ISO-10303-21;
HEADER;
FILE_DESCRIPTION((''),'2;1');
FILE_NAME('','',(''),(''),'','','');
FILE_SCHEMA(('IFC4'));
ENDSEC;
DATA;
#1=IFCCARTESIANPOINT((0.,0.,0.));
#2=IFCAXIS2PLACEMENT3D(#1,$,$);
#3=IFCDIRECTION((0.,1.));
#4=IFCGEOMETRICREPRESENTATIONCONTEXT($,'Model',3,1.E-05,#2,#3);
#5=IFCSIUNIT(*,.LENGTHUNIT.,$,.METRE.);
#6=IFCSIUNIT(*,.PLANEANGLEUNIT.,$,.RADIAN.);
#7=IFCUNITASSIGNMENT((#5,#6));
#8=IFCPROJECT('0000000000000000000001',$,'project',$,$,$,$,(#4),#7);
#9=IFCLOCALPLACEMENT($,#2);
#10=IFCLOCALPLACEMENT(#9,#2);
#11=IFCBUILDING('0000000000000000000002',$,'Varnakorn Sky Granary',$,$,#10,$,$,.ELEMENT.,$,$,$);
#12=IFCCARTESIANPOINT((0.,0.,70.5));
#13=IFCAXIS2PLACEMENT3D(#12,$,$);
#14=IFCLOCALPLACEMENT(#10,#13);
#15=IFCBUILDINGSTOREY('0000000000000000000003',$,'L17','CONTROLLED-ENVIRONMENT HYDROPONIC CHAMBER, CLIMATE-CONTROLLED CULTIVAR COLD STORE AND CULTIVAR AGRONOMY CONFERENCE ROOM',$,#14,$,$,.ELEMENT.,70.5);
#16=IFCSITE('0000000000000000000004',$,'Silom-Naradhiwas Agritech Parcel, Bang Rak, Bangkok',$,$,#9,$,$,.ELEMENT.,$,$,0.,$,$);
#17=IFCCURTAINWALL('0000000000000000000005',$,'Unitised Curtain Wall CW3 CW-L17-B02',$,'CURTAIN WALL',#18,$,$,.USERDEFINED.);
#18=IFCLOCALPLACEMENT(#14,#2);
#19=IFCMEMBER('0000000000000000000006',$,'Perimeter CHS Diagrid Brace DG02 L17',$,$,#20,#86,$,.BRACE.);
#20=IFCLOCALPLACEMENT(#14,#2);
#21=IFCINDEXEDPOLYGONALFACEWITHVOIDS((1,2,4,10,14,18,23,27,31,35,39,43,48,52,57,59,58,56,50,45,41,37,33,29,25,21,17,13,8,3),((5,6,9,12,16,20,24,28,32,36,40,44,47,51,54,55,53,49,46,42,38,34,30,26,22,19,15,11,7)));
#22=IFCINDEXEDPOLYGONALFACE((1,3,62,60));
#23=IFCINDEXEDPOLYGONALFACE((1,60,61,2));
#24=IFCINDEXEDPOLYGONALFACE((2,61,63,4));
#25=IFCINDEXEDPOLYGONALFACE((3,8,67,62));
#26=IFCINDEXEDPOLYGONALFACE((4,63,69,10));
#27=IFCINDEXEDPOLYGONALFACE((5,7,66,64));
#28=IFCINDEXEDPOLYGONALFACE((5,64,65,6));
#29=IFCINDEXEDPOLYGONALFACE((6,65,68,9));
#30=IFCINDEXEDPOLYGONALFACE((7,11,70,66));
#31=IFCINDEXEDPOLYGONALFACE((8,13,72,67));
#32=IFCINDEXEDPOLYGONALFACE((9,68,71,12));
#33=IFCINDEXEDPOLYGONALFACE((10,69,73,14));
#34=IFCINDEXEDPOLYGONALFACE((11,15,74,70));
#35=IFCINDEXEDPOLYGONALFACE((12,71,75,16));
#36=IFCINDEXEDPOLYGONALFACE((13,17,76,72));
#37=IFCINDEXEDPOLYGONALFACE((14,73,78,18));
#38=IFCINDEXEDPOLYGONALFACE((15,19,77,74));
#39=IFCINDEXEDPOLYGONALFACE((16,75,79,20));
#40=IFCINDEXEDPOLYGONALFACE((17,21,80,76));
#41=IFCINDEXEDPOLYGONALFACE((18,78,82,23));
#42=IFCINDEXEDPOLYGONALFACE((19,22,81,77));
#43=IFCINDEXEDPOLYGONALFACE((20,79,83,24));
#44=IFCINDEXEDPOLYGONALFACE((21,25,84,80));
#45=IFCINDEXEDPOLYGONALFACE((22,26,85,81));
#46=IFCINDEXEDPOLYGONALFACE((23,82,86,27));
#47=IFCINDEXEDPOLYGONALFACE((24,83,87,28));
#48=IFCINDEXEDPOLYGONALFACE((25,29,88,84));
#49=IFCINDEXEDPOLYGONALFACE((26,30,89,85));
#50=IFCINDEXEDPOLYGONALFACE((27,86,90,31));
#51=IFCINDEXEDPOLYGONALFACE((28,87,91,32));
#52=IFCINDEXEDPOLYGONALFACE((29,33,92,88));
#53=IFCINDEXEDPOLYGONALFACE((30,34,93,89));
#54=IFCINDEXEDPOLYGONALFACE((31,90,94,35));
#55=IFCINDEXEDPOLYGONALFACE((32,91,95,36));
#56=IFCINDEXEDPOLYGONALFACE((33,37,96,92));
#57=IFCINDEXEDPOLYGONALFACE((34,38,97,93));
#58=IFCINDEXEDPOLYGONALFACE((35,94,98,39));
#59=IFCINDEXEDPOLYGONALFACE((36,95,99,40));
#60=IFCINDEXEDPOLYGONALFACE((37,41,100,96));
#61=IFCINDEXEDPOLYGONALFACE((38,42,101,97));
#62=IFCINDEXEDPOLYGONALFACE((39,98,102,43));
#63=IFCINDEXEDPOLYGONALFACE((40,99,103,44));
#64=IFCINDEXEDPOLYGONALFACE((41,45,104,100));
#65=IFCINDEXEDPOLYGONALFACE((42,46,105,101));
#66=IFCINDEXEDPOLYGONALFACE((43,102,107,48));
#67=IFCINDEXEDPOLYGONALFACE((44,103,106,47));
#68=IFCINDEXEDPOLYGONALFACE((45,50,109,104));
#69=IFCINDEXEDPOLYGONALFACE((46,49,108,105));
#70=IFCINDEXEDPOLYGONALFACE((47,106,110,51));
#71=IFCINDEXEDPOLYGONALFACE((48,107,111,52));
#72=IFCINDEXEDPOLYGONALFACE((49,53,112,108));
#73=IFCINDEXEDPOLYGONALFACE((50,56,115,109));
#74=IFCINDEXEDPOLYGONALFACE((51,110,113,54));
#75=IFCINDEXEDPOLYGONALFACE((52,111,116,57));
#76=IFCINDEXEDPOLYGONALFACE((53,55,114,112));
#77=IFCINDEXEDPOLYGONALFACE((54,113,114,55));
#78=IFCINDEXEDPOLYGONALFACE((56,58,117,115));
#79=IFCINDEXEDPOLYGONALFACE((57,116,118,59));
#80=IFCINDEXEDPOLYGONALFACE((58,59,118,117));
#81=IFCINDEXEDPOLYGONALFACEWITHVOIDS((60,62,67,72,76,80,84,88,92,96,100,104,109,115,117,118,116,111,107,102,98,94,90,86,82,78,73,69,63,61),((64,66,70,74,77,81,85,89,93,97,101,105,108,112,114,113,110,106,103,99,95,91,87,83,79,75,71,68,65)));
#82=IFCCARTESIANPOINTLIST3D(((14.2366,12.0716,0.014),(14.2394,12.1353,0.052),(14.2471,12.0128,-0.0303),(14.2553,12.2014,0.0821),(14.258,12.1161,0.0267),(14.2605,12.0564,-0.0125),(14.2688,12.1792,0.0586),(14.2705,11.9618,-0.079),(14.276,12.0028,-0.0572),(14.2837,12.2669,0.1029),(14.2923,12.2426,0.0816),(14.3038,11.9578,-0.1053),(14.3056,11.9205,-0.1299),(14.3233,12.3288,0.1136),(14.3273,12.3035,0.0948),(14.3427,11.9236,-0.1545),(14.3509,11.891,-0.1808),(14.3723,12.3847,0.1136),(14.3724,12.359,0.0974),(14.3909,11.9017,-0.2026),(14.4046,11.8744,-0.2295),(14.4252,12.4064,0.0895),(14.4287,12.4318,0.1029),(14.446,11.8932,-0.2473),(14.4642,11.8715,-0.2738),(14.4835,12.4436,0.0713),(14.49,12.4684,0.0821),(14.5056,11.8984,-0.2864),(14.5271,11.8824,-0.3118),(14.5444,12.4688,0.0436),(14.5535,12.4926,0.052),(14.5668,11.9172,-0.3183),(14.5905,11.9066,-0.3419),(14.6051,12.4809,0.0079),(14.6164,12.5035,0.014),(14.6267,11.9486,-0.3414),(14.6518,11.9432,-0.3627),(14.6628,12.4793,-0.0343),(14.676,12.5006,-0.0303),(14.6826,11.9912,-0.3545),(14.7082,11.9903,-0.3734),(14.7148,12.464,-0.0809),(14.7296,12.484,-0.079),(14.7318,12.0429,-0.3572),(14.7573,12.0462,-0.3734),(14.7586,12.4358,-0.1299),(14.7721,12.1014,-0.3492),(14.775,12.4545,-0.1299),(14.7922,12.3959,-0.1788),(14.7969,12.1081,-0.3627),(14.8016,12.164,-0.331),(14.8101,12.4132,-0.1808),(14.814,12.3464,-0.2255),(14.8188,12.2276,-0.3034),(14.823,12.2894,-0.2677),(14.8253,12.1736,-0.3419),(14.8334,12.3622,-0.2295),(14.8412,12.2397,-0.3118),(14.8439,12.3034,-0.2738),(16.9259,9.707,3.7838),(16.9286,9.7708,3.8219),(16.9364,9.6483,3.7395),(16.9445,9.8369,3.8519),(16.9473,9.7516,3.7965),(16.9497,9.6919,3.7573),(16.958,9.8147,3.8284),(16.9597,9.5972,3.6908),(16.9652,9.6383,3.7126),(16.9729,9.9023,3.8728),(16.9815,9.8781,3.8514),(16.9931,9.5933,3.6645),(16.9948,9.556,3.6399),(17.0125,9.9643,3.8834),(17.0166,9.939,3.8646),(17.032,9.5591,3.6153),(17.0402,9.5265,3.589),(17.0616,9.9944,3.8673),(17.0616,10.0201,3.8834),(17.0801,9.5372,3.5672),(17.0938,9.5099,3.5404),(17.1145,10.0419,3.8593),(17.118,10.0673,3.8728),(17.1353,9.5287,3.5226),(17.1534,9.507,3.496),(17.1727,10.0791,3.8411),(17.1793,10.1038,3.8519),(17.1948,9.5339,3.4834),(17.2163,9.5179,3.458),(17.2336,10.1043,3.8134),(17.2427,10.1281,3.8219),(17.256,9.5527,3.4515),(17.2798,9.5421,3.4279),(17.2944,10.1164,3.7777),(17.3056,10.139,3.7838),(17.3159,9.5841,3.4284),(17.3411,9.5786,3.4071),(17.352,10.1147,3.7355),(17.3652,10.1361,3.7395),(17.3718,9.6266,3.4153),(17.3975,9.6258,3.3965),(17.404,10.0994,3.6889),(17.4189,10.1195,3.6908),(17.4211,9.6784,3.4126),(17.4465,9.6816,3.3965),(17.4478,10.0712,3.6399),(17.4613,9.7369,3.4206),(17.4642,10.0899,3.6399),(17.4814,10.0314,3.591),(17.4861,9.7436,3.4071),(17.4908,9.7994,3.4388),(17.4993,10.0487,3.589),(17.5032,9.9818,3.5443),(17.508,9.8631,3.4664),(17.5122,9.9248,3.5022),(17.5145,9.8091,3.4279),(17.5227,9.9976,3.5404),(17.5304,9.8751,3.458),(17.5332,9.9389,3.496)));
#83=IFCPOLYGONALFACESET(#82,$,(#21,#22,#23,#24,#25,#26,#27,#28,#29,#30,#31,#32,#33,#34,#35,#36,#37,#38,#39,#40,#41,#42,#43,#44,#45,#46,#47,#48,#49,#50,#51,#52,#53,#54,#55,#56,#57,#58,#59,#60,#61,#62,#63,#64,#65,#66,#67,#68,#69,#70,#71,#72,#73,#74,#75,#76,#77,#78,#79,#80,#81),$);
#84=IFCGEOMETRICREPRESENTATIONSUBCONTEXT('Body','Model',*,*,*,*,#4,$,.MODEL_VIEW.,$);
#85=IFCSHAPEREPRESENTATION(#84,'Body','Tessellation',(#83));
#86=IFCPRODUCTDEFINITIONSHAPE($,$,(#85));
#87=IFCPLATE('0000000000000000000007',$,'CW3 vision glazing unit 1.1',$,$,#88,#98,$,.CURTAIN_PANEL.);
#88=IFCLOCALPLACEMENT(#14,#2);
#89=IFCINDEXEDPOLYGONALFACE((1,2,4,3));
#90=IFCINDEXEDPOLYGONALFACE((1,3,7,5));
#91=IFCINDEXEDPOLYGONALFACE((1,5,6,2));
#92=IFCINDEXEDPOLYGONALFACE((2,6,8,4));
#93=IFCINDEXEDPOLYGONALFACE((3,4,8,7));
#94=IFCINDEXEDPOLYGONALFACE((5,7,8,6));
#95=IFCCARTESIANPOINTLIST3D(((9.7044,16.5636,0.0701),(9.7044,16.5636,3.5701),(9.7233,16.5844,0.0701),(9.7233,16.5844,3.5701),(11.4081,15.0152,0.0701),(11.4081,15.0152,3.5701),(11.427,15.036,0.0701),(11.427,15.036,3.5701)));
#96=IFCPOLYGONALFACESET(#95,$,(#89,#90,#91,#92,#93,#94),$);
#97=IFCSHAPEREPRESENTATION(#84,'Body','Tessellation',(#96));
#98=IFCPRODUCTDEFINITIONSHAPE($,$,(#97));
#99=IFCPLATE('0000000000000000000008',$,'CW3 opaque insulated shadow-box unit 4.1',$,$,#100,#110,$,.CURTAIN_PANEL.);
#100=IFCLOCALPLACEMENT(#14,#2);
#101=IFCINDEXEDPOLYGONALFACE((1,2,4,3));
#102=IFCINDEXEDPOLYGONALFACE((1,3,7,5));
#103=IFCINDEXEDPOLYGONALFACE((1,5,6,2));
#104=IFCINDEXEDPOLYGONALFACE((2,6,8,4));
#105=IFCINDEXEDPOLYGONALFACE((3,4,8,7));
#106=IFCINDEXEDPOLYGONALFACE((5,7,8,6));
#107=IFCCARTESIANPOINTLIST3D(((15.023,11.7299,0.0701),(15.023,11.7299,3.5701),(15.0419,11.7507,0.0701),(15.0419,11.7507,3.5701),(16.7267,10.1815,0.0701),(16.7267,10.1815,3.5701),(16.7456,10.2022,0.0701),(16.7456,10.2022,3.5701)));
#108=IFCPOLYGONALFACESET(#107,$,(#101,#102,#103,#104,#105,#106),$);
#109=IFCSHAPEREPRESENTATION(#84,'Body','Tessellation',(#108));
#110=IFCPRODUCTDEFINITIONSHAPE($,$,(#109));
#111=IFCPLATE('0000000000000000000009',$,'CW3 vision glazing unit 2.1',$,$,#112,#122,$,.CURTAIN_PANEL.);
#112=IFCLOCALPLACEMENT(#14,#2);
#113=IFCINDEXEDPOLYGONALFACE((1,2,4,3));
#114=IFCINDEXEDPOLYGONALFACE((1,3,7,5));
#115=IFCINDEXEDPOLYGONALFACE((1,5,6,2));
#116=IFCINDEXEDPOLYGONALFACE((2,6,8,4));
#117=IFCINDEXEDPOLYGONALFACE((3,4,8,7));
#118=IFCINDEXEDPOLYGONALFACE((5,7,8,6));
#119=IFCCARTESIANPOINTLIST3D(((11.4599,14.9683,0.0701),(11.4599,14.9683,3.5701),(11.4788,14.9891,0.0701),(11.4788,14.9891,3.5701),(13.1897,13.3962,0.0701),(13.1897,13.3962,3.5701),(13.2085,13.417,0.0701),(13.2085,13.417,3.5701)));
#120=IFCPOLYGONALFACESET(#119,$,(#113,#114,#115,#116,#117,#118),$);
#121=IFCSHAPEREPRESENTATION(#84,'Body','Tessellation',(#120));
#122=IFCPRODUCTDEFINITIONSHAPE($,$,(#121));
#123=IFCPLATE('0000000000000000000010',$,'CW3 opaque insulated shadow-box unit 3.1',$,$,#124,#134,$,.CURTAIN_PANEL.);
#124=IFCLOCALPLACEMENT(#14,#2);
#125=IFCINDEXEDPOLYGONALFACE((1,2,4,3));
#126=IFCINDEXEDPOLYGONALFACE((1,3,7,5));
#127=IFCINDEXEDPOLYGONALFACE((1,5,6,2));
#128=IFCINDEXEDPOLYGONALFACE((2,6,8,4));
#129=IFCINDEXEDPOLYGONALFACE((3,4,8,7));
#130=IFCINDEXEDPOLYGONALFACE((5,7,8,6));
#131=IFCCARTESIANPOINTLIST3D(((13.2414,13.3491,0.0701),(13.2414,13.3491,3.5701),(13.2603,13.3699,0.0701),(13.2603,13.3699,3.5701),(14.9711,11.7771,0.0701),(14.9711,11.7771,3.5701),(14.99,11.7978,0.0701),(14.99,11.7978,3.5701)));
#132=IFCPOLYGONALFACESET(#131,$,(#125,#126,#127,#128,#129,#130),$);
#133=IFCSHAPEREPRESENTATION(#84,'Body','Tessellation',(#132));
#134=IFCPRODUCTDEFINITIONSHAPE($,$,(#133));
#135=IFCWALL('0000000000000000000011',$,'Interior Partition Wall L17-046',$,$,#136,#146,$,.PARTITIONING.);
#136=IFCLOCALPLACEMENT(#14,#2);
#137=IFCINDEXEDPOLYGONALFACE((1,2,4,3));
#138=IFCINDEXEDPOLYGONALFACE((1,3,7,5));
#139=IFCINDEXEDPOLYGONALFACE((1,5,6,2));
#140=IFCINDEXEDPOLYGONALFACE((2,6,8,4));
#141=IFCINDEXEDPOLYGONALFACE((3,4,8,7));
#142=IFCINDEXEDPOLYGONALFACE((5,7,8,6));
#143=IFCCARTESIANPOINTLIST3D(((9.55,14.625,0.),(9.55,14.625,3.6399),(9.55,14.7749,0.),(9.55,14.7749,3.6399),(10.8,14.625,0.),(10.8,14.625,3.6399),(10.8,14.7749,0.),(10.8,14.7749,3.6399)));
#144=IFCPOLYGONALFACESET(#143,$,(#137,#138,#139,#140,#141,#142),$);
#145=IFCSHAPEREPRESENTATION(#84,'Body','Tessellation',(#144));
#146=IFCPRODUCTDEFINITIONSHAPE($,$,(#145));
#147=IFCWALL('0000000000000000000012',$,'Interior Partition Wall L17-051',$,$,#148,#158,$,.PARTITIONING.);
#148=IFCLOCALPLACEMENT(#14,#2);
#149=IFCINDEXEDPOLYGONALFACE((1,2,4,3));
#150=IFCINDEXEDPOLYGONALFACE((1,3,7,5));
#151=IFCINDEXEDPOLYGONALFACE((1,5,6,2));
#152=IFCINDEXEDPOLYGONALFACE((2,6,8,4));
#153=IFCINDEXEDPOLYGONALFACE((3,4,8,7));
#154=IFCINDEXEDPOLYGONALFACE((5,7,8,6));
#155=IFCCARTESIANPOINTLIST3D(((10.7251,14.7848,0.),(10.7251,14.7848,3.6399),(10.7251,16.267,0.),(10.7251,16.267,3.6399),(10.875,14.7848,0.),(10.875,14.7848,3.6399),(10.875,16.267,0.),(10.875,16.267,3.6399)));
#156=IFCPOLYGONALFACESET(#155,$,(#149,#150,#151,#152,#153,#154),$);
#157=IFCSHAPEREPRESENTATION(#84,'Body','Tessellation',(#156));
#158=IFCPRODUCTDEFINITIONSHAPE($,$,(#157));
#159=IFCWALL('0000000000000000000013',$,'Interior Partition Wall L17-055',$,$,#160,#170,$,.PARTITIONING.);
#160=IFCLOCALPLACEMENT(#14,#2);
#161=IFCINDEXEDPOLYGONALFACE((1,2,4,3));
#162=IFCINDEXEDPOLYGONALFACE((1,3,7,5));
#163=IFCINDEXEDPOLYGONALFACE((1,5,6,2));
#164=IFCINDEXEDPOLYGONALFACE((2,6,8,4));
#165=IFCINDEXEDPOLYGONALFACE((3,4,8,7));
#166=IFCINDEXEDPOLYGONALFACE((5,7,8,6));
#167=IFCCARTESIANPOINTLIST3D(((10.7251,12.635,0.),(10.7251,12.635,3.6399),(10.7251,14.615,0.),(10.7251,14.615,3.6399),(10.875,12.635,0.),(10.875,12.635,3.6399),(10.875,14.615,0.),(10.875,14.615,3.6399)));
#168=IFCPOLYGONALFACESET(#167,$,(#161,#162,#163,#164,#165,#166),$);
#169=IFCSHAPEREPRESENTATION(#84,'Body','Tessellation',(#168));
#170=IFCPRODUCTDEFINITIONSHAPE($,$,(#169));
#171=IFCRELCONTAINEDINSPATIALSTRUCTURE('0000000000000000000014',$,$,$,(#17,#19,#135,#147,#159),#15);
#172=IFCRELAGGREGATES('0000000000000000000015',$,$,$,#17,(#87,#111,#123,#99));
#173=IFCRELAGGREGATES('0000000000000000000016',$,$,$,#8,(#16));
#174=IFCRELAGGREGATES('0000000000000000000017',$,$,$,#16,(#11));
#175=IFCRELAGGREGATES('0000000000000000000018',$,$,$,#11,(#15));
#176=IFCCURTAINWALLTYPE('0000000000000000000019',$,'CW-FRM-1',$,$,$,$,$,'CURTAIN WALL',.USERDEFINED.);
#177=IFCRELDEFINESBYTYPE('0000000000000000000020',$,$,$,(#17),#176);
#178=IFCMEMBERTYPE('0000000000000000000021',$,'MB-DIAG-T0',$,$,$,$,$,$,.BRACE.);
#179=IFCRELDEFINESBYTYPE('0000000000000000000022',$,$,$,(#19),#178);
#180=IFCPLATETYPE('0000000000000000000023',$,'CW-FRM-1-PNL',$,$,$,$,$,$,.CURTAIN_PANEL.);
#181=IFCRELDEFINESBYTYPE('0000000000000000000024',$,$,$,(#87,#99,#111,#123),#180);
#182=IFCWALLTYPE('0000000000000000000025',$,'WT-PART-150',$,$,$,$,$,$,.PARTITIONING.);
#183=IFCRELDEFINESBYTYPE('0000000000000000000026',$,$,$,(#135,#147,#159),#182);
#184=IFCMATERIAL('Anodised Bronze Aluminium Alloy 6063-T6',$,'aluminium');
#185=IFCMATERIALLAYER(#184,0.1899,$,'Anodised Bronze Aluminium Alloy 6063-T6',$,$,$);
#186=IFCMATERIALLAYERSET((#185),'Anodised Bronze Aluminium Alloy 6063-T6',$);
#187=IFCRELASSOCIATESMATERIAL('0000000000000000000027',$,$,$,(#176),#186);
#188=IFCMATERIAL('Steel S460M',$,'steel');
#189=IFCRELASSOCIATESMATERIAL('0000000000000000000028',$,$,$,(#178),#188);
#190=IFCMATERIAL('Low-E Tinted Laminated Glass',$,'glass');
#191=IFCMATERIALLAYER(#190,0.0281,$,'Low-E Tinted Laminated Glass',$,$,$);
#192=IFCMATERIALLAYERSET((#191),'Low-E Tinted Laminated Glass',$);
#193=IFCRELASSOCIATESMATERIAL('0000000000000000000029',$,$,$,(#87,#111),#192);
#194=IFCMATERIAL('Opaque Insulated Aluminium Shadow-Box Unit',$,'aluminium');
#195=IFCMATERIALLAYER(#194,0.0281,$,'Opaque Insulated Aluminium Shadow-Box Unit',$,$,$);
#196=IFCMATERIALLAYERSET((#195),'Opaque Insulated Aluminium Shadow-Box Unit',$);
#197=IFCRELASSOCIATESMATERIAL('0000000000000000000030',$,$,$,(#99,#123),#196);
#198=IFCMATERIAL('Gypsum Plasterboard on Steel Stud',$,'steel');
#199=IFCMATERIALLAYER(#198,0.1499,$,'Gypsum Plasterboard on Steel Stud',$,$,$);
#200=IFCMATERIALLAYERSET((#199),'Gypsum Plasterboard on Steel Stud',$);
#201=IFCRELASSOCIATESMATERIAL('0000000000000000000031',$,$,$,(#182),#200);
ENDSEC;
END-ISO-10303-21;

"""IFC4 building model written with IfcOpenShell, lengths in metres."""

from ifc_helpers import new_model, si_unit, direction, frame, frame_2d, origin, origin_2d, place, context, subcontext, project, spatial, rectangle, hollow_circle, extrude, source, transform, mapped, material, layer, layer_set, material_profile, profile_set, type_object, type_shapes, element, aggregate, save


model = new_model("IFC4")

# Units and contexts
model_context = context("Model", 3, precision=1e-05, world=origin(), true_north=direction((0.0, 1.0)))
body_context = subcontext(model_context, "Body", "Model", "MODEL_VIEW")
ifc_project = project(units=[si_unit("LENGTHUNIT", "METRE"), si_unit("PLANEANGLEUNIT", "RADIAN")], contexts=[model_context])

# Site, building, storey
site_placement = place(None, origin())
site = spatial("IfcSite", under=ifc_project, at=site_placement, Name="Silom-Naradhiwas Agritech Parcel, Bang Rak, Bangkok", CompositionType="ELEMENT", RefElevation=0.0)
building_placement = place(site_placement, origin())
building = spatial("IfcBuilding", under=site, at=building_placement, Name="Varnakorn Sky Granary", CompositionType="ELEMENT")
storey_placement = place(building_placement, frame((0.0, 0.0, 70.5)))
storey = spatial("IfcBuildingStorey", under=building, at=storey_placement, Name="L17", Description="CONTROLLED-ENVIRONMENT HYDROPONIC CHAMBER, CLIMATE-CONTROLLED CULTIVAR COLD STORE AND CULTIVAR AGRONOMY CONFERENCE ROOM", CompositionType="ELEMENT", Elevation=70.5)

# Shared definitions
ifc_material_1 = material(Name="Steel S460M", Category="steel")

# Curtain wall
ifc_material_2 = material(Name="Anodised Bronze Aluminium Alloy 6063-T6", Category="aluminium")
ifc_layer_1 = layer(ifc_material_2, 0.1899, Name="Anodised Bronze Aluminium Alloy 6063-T6")
ifc_layer_set_1 = layer_set([ifc_layer_1], Name="Anodised Bronze Aluminium Alloy 6063-T6")
curtain_wall_type = type_object("IfcCurtainWallType", Name="CW-FRM-1", ElementType="CURTAIN WALL", PredefinedType="USERDEFINED", material=ifc_layer_set_1)
curtain_wall_placement = place(storey_placement, origin())
curtain_wall = element("IfcCurtainWall", 1, at=curtain_wall_placement, inside=storey, type_object=curtain_wall_type, Name="Unitised Curtain Wall CW3 CW-L17-B02", ObjectType="CURTAIN WALL", PredefinedType="USERDEFINED")

# Member
ifc_material_profile_1 = material_profile(ifc_material_1, hollow_circle(Radius=0.3555, WallThickness=0.0249, at=origin_2d()), Name="CHS 711x25")
ifc_profile_set_1 = profile_set([ifc_material_profile_1], Name="Steel S460M")
member_type_1 = type_object("IfcMemberType", Name="MB-DIAG-T0", PredefinedType="BRACE", material=ifc_profile_set_1)
member_1_placement = place(storey_placement, frame((14.5403, 12.1875, -0.1299), z_axis=(0.517214, -0.454763, 0.725038), x_axis=(0.660313, 0.750991, 0.0)))
element("IfcMember", 2, at=member_1_placement, inside=storey, type_object=member_type_1, Name="Perimeter CHS Diagrid Brace DG02 L17", PredefinedType="BRACE", context=body_context, shape_type="SweptSolid", body=[
    extrude(hollow_circle(Radius=0.3555, WallThickness=0.0249, at=origin_2d()), origin(), (0.0, 0.0, 1.0), 5.1995),
])

# Plates
ifc_material_3 = material(Name="Low-E Tinted Laminated Glass", Category="glass")
ifc_layer_2 = layer(ifc_material_3, 0.0281, Name="Low-E Tinted Laminated Glass")
ifc_layer_set_2 = layer_set([ifc_layer_2], Name="Low-E Tinted Laminated Glass")
plate_type = type_object("IfcPlateType", Name="CW-FRM-1-PNL", PredefinedType="CURTAIN_PANEL")
shared_shape_1 = source(origin(), body_context, "Body", "SweptSolid", [
    extrude(rectangle(XDim=2.3022, YDim=0.0281, at=origin_2d()), origin(), (0.0, 0.0, 1.0), 3.5),
])
plate_1_placement = place(storey_placement, frame((10.5657, 15.7998, 0.0701), z_axis=(0.0, 0.0, 1.0), x_axis=(0.740022, -0.672582, 0.0)))
plate_1 = element("IfcPlate", 3, at=plate_1_placement, type_object=plate_type, material=ifc_layer_set_2, Name="CW3 vision glazing unit 1.1", PredefinedType="CURTAIN_PANEL", context=body_context, shape_type="MappedRepresentation", body=[
    mapped(shared_shape_1, transform((0.0, 0.0, 0.0), x_axis=(1.0, 0.0, 0.0), y_axis=(0.0, 1.0, 0.0), z_axis=(0.0, 0.0, 1.0), scale=1.0)),
])
ifc_material_4 = material(Name="Opaque Insulated Aluminium Shadow-Box Unit", Category="aluminium")
ifc_layer_3 = layer(ifc_material_4, 0.0281, Name="Opaque Insulated Aluminium Shadow-Box Unit")
ifc_layer_set_3 = layer_set([ifc_layer_3], Name="Opaque Insulated Aluminium Shadow-Box Unit")
plate_2_placement = place(storey_placement, frame((15.8843, 10.9661, 0.0701), z_axis=(0.0, 0.0, 1.0), x_axis=(0.740022, -0.672582, 0.0)))
plate_2 = element("IfcPlate", 4, at=plate_2_placement, type_object=plate_type, material=ifc_layer_set_3, Name="CW3 opaque insulated shadow-box unit 4.1", PredefinedType="CURTAIN_PANEL", context=body_context, shape_type="MappedRepresentation", body=[
    mapped(shared_shape_1, transform((0.0, 0.0, 0.0), x_axis=(1.0, 0.0, 0.0), y_axis=(0.0, 1.0, 0.0), z_axis=(0.0, 0.0, 1.0), scale=1.0)),
])
shared_shape_2 = source(origin(), body_context, "Body", "SweptSolid", [
    extrude(rectangle(XDim=2.3374, YDim=0.0281, at=origin_2d()), origin(), (0.0, 0.0, 1.0), 3.5),
])
type_shapes(plate_type, [shared_shape_1, shared_shape_2])
plate_3_placement = place(storey_placement, frame((12.3342, 14.1926, 0.0701), z_axis=(0.0, 0.0, 1.0), x_axis=(0.740022, -0.672582, 0.0)))
plate_3 = element("IfcPlate", 5, at=plate_3_placement, type_object=plate_type, material=ifc_layer_set_2, Name="CW3 vision glazing unit 2.1", PredefinedType="CURTAIN_PANEL", context=body_context, shape_type="MappedRepresentation", body=[
    mapped(shared_shape_2, transform((0.0, 0.0, 0.0), x_axis=(1.0, 0.0, 0.0), y_axis=(0.0, 1.0, 0.0), z_axis=(0.0, 0.0, 1.0), scale=1.0)),
])
plate_4_placement = place(storey_placement, frame((14.1157, 12.5735, 0.0701), z_axis=(0.0, 0.0, 1.0), x_axis=(0.740022, -0.672582, 0.0)))
plate_4 = element("IfcPlate", 6, at=plate_4_placement, type_object=plate_type, material=ifc_layer_set_3, Name="CW3 opaque insulated shadow-box unit 3.1", PredefinedType="CURTAIN_PANEL", context=body_context, shape_type="MappedRepresentation", body=[
    mapped(shared_shape_2, transform((0.0, 0.0, 0.0), x_axis=(1.0, 0.0, 0.0), y_axis=(0.0, 1.0, 0.0), z_axis=(0.0, 0.0, 1.0), scale=1.0)),
])
aggregate(curtain_wall, [plate_1, plate_3, plate_4, plate_2])

# Walls
ifc_material_5 = material(Name="Gypsum Plasterboard on Steel Stud", Category="steel")
ifc_layer_4 = layer(ifc_material_5, 0.1499, Name="Gypsum Plasterboard on Steel Stud")
ifc_layer_set_4 = layer_set([ifc_layer_4], Name="Gypsum Plasterboard on Steel Stud")
wall_type = type_object("IfcWallType", Name="WT-PART-150", PredefinedType="PARTITIONING", material=ifc_layer_set_4)
wall_1_placement = place(storey_placement, frame((10.8, 14.7, 0.0), z_axis=(0.0, 0.0, 1.0), x_axis=(-1.0, 0.0, 0.0)))
element("IfcWall", 7, at=wall_1_placement, inside=storey, type_object=wall_type, Name="Interior Partition Wall L17-046", PredefinedType="PARTITIONING", context=body_context, shape_type="SweptSolid", body=[
    extrude(rectangle(XDim=1.25, YDim=0.1499, at=frame_2d((0.625, 0.0))), origin(), (0.0, 0.0, 1.0), 3.6399),
])
wall_2_placement = place(storey_placement, frame((10.8, 16.2671, 0.0), z_axis=(0.0, 0.0, 1.0), x_axis=(0.0, -1.0, 0.0)))
element("IfcWall", 8, at=wall_2_placement, inside=storey, type_object=wall_type, Name="Interior Partition Wall L17-051", PredefinedType="PARTITIONING", context=body_context, shape_type="SweptSolid", body=[
    extrude(rectangle(XDim=1.4822, YDim=0.1499, at=frame_2d((0.7412, 0.0))), origin(), (0.0, 0.0, 1.0), 3.6399),
])
wall_3_placement = place(storey_placement, frame((10.8, 12.635, 0.0), z_axis=(0.0, 0.0, 1.0), x_axis=(0.0, 1.0, 0.0)))
element("IfcWall", 9, at=wall_3_placement, inside=storey, type_object=wall_type, Name="Interior Partition Wall L17-055", PredefinedType="PARTITIONING", context=body_context, shape_type="SweptSolid", body=[
    extrude(rectangle(XDim=1.98, YDim=0.1499, at=frame_2d((0.99, 0.0))), origin(), (0.0, 0.0, 1.0), 3.6399),
])

save(model, "model.ifc")
